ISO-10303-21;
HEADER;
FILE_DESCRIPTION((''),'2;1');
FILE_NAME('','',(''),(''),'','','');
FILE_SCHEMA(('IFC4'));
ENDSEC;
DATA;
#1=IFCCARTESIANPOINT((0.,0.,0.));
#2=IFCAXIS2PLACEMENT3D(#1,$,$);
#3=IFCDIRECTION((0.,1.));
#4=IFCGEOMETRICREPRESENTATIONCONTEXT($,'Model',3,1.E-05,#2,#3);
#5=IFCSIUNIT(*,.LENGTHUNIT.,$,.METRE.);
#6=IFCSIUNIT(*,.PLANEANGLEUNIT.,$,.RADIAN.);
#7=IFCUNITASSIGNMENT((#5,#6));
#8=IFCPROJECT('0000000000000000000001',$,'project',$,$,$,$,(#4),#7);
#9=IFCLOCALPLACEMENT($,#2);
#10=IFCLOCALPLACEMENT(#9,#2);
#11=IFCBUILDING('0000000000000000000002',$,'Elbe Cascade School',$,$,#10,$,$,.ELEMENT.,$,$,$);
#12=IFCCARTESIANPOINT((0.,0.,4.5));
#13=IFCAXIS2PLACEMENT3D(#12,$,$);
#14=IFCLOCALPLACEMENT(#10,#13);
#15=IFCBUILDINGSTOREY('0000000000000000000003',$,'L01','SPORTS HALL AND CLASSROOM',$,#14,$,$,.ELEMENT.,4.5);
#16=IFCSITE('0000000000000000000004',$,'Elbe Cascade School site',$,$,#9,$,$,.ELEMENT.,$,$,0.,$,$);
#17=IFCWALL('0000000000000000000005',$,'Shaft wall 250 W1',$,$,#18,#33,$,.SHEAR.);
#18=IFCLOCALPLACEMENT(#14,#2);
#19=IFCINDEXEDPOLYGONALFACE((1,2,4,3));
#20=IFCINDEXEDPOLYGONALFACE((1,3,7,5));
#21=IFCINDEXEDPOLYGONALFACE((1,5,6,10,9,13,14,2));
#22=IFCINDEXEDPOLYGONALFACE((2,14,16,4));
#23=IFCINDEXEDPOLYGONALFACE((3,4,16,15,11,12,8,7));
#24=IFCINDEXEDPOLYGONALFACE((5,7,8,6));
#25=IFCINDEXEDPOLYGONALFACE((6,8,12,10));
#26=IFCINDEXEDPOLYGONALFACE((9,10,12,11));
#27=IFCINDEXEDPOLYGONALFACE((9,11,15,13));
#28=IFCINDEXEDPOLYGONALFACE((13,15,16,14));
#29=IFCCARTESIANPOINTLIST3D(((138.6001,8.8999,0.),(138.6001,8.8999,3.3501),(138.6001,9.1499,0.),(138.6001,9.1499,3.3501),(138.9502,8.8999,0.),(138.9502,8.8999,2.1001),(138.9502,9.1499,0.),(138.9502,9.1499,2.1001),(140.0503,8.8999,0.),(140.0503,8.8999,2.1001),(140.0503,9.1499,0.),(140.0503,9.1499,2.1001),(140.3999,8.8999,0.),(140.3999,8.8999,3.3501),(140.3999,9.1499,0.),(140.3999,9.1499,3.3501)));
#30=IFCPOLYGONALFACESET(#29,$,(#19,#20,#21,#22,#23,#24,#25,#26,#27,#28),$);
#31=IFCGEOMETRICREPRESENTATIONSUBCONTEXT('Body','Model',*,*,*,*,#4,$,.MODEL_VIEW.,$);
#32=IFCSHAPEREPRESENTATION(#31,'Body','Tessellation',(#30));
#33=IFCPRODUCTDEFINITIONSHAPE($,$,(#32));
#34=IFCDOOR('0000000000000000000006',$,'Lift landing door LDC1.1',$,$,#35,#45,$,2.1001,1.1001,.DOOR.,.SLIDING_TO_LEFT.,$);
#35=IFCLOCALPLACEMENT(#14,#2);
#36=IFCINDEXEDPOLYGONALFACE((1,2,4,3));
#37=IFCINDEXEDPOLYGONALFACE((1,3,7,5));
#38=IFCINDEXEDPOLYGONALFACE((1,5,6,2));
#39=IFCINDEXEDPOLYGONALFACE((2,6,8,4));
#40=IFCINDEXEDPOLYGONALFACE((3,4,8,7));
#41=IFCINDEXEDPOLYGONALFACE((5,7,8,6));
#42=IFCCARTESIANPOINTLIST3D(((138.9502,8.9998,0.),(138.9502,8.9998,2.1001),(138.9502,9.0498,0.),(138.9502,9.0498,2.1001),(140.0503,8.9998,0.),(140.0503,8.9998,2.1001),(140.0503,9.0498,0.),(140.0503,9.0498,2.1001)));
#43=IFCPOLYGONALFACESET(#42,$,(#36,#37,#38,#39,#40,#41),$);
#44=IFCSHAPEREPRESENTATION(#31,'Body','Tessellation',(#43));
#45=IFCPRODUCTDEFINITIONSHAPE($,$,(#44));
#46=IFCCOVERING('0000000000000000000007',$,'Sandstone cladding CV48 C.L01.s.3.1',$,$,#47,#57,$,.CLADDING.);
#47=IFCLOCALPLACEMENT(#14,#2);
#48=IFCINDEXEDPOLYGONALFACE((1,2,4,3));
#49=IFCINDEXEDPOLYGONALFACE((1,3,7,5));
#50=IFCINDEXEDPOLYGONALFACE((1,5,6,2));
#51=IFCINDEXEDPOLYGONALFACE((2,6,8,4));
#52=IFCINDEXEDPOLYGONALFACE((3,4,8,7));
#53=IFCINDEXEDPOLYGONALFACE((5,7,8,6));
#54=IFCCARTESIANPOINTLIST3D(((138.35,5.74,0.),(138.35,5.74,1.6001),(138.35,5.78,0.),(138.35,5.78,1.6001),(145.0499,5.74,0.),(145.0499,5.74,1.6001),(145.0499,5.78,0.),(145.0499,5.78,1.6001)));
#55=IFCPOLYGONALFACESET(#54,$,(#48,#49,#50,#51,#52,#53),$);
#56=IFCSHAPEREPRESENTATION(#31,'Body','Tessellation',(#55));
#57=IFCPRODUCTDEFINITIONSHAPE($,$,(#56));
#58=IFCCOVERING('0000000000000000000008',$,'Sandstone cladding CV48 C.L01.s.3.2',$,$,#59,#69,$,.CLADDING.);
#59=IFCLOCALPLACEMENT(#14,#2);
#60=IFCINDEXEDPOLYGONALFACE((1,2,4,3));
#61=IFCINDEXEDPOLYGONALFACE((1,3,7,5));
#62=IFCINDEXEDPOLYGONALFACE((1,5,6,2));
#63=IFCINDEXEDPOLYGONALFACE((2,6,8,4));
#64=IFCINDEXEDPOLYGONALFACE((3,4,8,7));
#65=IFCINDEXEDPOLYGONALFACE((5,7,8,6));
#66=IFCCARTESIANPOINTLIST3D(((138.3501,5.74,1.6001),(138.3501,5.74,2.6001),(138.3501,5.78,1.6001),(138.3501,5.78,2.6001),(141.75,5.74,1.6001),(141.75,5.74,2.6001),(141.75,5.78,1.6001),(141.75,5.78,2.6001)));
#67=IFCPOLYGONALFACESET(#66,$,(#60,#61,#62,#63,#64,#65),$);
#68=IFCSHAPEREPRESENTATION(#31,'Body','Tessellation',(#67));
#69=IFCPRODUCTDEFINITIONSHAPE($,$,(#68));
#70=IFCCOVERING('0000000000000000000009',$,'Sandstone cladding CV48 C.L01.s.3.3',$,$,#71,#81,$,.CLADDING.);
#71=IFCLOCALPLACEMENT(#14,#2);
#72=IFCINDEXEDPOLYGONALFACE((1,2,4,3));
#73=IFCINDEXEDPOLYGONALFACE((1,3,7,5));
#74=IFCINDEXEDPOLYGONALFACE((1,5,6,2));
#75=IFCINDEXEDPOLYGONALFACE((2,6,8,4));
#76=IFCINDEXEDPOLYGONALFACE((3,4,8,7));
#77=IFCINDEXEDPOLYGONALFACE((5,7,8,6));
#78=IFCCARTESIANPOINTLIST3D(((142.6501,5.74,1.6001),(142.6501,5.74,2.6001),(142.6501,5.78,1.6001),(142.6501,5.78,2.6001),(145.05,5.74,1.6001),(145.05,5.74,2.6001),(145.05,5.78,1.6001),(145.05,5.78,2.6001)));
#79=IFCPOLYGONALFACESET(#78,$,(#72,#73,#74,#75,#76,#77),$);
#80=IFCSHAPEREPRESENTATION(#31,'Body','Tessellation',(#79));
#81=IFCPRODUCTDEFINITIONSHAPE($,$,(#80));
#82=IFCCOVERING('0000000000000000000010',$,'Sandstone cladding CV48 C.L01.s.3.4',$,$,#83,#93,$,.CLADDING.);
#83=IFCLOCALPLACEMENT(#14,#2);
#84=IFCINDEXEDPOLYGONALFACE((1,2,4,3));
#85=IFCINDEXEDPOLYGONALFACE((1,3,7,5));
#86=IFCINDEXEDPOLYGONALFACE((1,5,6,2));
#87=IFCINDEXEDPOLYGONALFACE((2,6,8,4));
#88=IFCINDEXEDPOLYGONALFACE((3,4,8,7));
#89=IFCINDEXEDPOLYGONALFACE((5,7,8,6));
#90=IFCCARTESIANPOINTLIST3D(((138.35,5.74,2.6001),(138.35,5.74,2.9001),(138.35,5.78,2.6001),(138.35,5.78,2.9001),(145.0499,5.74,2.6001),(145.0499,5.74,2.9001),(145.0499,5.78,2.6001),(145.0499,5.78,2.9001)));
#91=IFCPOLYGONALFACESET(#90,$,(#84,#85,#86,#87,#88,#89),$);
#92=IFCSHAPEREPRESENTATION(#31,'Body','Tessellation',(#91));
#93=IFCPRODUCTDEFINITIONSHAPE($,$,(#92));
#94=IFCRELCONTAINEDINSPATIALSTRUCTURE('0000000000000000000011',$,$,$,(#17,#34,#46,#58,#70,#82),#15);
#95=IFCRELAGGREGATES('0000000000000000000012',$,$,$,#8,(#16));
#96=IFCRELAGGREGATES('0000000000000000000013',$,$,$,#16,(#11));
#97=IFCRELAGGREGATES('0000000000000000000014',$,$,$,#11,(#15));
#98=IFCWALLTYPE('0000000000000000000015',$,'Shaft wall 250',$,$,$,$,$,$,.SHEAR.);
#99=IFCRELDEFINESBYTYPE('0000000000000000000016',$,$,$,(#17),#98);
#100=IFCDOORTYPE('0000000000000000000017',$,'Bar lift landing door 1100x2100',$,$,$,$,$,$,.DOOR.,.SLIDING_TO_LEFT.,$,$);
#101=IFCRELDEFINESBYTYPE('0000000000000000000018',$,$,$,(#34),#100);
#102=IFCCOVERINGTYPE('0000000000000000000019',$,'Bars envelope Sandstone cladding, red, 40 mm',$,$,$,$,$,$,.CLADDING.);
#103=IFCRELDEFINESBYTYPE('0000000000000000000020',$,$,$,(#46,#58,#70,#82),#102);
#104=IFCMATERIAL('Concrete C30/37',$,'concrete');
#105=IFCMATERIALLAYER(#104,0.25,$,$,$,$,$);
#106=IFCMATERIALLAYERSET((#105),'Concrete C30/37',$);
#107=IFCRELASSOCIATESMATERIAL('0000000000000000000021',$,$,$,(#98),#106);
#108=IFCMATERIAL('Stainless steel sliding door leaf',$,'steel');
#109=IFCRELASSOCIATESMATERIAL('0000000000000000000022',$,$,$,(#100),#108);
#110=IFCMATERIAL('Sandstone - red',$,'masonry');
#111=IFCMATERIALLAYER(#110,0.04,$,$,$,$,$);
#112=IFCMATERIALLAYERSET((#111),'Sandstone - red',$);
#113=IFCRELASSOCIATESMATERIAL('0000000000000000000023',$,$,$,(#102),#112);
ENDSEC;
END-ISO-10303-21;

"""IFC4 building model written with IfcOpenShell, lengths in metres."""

from ifc_helpers import new_model, si_unit, direction, frame, frame_2d, origin, origin_2d, place, context, subcontext, project, spatial, rectangle, extrude, material, layer, layer_set, type_object, element, fill, save


model = new_model("IFC4")

# Units and contexts
model_context = context("Model", 3, precision=1e-05, world=origin(), true_north=direction((0.0, 1.0)))
body_context = subcontext(model_context, "Body", "Model", "MODEL_VIEW")
ifc_project = project(units=[si_unit("LENGTHUNIT", "METRE"), si_unit("PLANEANGLEUNIT", "RADIAN")], contexts=[model_context])

# Site, building, storey
site_placement = place(None, origin())
site = spatial("IfcSite", under=ifc_project, at=site_placement, Name="Elbe Cascade School site", CompositionType="ELEMENT", RefElevation=0.0)
building_placement = place(site_placement, origin())
building = spatial("IfcBuilding", under=site, at=building_placement, Name="Elbe Cascade School", CompositionType="ELEMENT")
storey_placement = place(building_placement, frame((0.0, 0.0, 4.5)))
storey = spatial("IfcBuildingStorey", under=building, at=storey_placement, Name="L01", Description="SPORTS HALL AND CLASSROOM", CompositionType="ELEMENT", Elevation=4.5)

# Shared definitions
ifc_material_1 = material(Name="Concrete C30/37", Category="concrete")
ifc_layer_1 = layer(ifc_material_1, 0.25)
ifc_layer_set_1 = layer_set([ifc_layer_1], Name="Concrete C30/37")
wall_type_1 = type_object("IfcWallType", Name="Shaft wall 250", PredefinedType="SHEAR", material=ifc_layer_set_1)

# Wall, opening, door
wall_1_placement = place(storey_placement, frame((138.6001, 9.0249, 0.0), z_axis=(0.0, 0.0, 1.0), x_axis=(1.0, 0.0, 0.0)))
wall_1 = element("IfcWall", 1, at=wall_1_placement, inside=storey, type_object=wall_type_1, Name="Shaft wall 250 W1", PredefinedType="SHEAR", context=body_context, shape_type="SweptSolid", body=[
    extrude(rectangle(XDim=1.7998, YDim=0.25, at=frame_2d((0.8999, 0.0))), origin(), (0.0, 0.0, 1.0), 3.3501),
])
opening_1_placement = place(wall_1_placement, frame((0.3501, 0.0, 0.0)))
opening_1 = element("IfcOpeningElement", 2, at=opening_1_placement, cuts=wall_1, PredefinedType="OPENING", context=body_context, shape_type="SweptSolid", body=[
    extrude(rectangle(XDim=1.1001, YDim=2.1001, at=frame_2d((0.55, 1.05))), frame((0.0, 0.135, 0.0), z_axis=(0.0, -1.0, 0.0), x_axis=(1.0, 0.0, 0.0)), (0.0, 0.0, 1.0), 0.27),
])
ifc_material_2 = material(Name="Stainless steel sliding door leaf", Category="steel")
door_type_1 = type_object("IfcDoorType", Name="Bar lift landing door 1100x2100", OperationType="SLIDING_TO_LEFT", PredefinedType="DOOR", material=ifc_material_2)
door_1_placement = place(opening_1_placement, origin())
door_1 = element("IfcDoor", 3, at=door_1_placement, inside=storey, type_object=door_type_1, Name="Lift landing door LDC1.1", OperationType="SLIDING_TO_LEFT", OverallHeight=2.1001, OverallWidth=1.1001, PredefinedType="DOOR", context=body_context, shape_type="SweptSolid", body=[
    extrude(rectangle(XDim=1.1001, YDim=2.1001, at=frame_2d((0.55, 1.05))), frame((0.0, 0.0249, 0.0), z_axis=(0.0, -1.0, 0.0), x_axis=(1.0, 0.0, 0.0)), (0.0, 0.0, 1.0), 0.05),
])
fill(opening_1, door_1)

# Coverings
ifc_material_3 = material(Name="Sandstone - red", Category="masonry")
ifc_layer_2 = layer(ifc_material_3, 0.04)
ifc_layer_set_2 = layer_set([ifc_layer_2], Name="Sandstone - red")
covering_type = type_object("IfcCoveringType", Name="Bars envelope Sandstone cladding, red, 40 mm", PredefinedType="CLADDING", material=ifc_layer_set_2)
covering_1_placement = place(storey_placement, frame((141.7, 5.76, 0.0), z_axis=(0.0, 0.0, 1.0), x_axis=(1.0, 0.0, 0.0)))
element("IfcCovering", 4, at=covering_1_placement, inside=storey, type_object=covering_type, Name="Sandstone cladding CV48 C.L01.s.3.1", PredefinedType="CLADDING", context=body_context, shape_type="SweptSolid", body=[
    extrude(rectangle(XDim=6.7, YDim=0.04, at=origin_2d()), origin(), (0.0, 0.0, 1.0), 1.6001),
])
covering_2_placement = place(storey_placement, frame((140.05, 5.76, 1.6001), z_axis=(0.0, 0.0, 1.0), x_axis=(1.0, 0.0, 0.0)))
element("IfcCovering", 5, at=covering_2_placement, inside=storey, type_object=covering_type, Name="Sandstone cladding CV48 C.L01.s.3.2", PredefinedType="CLADDING", context=body_context, shape_type="SweptSolid", body=[
    extrude(rectangle(XDim=3.3999, YDim=0.04, at=origin_2d()), origin(), (0.0, 0.0, 1.0), 1.0),
])
covering_3_placement = place(storey_placement, frame((143.8501, 5.76, 1.6001), z_axis=(0.0, 0.0, 1.0), x_axis=(1.0, 0.0, 0.0)))
element("IfcCovering", 6, at=covering_3_placement, inside=storey, type_object=covering_type, Name="Sandstone cladding CV48 C.L01.s.3.3", PredefinedType="CLADDING", context=body_context, shape_type="SweptSolid", body=[
    extrude(rectangle(XDim=2.3999, YDim=0.04, at=origin_2d()), origin(), (0.0, 0.0, 1.0), 1.0),
])
covering_4_placement = place(storey_placement, frame((141.7, 5.76, 2.6001), z_axis=(0.0, 0.0, 1.0), x_axis=(1.0, 0.0, 0.0)))
element("IfcCovering", 7, at=covering_4_placement, inside=storey, type_object=covering_type, Name="Sandstone cladding CV48 C.L01.s.3.4", PredefinedType="CLADDING", context=body_context, shape_type="SweptSolid", body=[
    extrude(rectangle(XDim=6.7, YDim=0.04, at=origin_2d()), origin(), (0.0, 0.0, 1.0), 0.3),
])

save(model, "model.ifc")
